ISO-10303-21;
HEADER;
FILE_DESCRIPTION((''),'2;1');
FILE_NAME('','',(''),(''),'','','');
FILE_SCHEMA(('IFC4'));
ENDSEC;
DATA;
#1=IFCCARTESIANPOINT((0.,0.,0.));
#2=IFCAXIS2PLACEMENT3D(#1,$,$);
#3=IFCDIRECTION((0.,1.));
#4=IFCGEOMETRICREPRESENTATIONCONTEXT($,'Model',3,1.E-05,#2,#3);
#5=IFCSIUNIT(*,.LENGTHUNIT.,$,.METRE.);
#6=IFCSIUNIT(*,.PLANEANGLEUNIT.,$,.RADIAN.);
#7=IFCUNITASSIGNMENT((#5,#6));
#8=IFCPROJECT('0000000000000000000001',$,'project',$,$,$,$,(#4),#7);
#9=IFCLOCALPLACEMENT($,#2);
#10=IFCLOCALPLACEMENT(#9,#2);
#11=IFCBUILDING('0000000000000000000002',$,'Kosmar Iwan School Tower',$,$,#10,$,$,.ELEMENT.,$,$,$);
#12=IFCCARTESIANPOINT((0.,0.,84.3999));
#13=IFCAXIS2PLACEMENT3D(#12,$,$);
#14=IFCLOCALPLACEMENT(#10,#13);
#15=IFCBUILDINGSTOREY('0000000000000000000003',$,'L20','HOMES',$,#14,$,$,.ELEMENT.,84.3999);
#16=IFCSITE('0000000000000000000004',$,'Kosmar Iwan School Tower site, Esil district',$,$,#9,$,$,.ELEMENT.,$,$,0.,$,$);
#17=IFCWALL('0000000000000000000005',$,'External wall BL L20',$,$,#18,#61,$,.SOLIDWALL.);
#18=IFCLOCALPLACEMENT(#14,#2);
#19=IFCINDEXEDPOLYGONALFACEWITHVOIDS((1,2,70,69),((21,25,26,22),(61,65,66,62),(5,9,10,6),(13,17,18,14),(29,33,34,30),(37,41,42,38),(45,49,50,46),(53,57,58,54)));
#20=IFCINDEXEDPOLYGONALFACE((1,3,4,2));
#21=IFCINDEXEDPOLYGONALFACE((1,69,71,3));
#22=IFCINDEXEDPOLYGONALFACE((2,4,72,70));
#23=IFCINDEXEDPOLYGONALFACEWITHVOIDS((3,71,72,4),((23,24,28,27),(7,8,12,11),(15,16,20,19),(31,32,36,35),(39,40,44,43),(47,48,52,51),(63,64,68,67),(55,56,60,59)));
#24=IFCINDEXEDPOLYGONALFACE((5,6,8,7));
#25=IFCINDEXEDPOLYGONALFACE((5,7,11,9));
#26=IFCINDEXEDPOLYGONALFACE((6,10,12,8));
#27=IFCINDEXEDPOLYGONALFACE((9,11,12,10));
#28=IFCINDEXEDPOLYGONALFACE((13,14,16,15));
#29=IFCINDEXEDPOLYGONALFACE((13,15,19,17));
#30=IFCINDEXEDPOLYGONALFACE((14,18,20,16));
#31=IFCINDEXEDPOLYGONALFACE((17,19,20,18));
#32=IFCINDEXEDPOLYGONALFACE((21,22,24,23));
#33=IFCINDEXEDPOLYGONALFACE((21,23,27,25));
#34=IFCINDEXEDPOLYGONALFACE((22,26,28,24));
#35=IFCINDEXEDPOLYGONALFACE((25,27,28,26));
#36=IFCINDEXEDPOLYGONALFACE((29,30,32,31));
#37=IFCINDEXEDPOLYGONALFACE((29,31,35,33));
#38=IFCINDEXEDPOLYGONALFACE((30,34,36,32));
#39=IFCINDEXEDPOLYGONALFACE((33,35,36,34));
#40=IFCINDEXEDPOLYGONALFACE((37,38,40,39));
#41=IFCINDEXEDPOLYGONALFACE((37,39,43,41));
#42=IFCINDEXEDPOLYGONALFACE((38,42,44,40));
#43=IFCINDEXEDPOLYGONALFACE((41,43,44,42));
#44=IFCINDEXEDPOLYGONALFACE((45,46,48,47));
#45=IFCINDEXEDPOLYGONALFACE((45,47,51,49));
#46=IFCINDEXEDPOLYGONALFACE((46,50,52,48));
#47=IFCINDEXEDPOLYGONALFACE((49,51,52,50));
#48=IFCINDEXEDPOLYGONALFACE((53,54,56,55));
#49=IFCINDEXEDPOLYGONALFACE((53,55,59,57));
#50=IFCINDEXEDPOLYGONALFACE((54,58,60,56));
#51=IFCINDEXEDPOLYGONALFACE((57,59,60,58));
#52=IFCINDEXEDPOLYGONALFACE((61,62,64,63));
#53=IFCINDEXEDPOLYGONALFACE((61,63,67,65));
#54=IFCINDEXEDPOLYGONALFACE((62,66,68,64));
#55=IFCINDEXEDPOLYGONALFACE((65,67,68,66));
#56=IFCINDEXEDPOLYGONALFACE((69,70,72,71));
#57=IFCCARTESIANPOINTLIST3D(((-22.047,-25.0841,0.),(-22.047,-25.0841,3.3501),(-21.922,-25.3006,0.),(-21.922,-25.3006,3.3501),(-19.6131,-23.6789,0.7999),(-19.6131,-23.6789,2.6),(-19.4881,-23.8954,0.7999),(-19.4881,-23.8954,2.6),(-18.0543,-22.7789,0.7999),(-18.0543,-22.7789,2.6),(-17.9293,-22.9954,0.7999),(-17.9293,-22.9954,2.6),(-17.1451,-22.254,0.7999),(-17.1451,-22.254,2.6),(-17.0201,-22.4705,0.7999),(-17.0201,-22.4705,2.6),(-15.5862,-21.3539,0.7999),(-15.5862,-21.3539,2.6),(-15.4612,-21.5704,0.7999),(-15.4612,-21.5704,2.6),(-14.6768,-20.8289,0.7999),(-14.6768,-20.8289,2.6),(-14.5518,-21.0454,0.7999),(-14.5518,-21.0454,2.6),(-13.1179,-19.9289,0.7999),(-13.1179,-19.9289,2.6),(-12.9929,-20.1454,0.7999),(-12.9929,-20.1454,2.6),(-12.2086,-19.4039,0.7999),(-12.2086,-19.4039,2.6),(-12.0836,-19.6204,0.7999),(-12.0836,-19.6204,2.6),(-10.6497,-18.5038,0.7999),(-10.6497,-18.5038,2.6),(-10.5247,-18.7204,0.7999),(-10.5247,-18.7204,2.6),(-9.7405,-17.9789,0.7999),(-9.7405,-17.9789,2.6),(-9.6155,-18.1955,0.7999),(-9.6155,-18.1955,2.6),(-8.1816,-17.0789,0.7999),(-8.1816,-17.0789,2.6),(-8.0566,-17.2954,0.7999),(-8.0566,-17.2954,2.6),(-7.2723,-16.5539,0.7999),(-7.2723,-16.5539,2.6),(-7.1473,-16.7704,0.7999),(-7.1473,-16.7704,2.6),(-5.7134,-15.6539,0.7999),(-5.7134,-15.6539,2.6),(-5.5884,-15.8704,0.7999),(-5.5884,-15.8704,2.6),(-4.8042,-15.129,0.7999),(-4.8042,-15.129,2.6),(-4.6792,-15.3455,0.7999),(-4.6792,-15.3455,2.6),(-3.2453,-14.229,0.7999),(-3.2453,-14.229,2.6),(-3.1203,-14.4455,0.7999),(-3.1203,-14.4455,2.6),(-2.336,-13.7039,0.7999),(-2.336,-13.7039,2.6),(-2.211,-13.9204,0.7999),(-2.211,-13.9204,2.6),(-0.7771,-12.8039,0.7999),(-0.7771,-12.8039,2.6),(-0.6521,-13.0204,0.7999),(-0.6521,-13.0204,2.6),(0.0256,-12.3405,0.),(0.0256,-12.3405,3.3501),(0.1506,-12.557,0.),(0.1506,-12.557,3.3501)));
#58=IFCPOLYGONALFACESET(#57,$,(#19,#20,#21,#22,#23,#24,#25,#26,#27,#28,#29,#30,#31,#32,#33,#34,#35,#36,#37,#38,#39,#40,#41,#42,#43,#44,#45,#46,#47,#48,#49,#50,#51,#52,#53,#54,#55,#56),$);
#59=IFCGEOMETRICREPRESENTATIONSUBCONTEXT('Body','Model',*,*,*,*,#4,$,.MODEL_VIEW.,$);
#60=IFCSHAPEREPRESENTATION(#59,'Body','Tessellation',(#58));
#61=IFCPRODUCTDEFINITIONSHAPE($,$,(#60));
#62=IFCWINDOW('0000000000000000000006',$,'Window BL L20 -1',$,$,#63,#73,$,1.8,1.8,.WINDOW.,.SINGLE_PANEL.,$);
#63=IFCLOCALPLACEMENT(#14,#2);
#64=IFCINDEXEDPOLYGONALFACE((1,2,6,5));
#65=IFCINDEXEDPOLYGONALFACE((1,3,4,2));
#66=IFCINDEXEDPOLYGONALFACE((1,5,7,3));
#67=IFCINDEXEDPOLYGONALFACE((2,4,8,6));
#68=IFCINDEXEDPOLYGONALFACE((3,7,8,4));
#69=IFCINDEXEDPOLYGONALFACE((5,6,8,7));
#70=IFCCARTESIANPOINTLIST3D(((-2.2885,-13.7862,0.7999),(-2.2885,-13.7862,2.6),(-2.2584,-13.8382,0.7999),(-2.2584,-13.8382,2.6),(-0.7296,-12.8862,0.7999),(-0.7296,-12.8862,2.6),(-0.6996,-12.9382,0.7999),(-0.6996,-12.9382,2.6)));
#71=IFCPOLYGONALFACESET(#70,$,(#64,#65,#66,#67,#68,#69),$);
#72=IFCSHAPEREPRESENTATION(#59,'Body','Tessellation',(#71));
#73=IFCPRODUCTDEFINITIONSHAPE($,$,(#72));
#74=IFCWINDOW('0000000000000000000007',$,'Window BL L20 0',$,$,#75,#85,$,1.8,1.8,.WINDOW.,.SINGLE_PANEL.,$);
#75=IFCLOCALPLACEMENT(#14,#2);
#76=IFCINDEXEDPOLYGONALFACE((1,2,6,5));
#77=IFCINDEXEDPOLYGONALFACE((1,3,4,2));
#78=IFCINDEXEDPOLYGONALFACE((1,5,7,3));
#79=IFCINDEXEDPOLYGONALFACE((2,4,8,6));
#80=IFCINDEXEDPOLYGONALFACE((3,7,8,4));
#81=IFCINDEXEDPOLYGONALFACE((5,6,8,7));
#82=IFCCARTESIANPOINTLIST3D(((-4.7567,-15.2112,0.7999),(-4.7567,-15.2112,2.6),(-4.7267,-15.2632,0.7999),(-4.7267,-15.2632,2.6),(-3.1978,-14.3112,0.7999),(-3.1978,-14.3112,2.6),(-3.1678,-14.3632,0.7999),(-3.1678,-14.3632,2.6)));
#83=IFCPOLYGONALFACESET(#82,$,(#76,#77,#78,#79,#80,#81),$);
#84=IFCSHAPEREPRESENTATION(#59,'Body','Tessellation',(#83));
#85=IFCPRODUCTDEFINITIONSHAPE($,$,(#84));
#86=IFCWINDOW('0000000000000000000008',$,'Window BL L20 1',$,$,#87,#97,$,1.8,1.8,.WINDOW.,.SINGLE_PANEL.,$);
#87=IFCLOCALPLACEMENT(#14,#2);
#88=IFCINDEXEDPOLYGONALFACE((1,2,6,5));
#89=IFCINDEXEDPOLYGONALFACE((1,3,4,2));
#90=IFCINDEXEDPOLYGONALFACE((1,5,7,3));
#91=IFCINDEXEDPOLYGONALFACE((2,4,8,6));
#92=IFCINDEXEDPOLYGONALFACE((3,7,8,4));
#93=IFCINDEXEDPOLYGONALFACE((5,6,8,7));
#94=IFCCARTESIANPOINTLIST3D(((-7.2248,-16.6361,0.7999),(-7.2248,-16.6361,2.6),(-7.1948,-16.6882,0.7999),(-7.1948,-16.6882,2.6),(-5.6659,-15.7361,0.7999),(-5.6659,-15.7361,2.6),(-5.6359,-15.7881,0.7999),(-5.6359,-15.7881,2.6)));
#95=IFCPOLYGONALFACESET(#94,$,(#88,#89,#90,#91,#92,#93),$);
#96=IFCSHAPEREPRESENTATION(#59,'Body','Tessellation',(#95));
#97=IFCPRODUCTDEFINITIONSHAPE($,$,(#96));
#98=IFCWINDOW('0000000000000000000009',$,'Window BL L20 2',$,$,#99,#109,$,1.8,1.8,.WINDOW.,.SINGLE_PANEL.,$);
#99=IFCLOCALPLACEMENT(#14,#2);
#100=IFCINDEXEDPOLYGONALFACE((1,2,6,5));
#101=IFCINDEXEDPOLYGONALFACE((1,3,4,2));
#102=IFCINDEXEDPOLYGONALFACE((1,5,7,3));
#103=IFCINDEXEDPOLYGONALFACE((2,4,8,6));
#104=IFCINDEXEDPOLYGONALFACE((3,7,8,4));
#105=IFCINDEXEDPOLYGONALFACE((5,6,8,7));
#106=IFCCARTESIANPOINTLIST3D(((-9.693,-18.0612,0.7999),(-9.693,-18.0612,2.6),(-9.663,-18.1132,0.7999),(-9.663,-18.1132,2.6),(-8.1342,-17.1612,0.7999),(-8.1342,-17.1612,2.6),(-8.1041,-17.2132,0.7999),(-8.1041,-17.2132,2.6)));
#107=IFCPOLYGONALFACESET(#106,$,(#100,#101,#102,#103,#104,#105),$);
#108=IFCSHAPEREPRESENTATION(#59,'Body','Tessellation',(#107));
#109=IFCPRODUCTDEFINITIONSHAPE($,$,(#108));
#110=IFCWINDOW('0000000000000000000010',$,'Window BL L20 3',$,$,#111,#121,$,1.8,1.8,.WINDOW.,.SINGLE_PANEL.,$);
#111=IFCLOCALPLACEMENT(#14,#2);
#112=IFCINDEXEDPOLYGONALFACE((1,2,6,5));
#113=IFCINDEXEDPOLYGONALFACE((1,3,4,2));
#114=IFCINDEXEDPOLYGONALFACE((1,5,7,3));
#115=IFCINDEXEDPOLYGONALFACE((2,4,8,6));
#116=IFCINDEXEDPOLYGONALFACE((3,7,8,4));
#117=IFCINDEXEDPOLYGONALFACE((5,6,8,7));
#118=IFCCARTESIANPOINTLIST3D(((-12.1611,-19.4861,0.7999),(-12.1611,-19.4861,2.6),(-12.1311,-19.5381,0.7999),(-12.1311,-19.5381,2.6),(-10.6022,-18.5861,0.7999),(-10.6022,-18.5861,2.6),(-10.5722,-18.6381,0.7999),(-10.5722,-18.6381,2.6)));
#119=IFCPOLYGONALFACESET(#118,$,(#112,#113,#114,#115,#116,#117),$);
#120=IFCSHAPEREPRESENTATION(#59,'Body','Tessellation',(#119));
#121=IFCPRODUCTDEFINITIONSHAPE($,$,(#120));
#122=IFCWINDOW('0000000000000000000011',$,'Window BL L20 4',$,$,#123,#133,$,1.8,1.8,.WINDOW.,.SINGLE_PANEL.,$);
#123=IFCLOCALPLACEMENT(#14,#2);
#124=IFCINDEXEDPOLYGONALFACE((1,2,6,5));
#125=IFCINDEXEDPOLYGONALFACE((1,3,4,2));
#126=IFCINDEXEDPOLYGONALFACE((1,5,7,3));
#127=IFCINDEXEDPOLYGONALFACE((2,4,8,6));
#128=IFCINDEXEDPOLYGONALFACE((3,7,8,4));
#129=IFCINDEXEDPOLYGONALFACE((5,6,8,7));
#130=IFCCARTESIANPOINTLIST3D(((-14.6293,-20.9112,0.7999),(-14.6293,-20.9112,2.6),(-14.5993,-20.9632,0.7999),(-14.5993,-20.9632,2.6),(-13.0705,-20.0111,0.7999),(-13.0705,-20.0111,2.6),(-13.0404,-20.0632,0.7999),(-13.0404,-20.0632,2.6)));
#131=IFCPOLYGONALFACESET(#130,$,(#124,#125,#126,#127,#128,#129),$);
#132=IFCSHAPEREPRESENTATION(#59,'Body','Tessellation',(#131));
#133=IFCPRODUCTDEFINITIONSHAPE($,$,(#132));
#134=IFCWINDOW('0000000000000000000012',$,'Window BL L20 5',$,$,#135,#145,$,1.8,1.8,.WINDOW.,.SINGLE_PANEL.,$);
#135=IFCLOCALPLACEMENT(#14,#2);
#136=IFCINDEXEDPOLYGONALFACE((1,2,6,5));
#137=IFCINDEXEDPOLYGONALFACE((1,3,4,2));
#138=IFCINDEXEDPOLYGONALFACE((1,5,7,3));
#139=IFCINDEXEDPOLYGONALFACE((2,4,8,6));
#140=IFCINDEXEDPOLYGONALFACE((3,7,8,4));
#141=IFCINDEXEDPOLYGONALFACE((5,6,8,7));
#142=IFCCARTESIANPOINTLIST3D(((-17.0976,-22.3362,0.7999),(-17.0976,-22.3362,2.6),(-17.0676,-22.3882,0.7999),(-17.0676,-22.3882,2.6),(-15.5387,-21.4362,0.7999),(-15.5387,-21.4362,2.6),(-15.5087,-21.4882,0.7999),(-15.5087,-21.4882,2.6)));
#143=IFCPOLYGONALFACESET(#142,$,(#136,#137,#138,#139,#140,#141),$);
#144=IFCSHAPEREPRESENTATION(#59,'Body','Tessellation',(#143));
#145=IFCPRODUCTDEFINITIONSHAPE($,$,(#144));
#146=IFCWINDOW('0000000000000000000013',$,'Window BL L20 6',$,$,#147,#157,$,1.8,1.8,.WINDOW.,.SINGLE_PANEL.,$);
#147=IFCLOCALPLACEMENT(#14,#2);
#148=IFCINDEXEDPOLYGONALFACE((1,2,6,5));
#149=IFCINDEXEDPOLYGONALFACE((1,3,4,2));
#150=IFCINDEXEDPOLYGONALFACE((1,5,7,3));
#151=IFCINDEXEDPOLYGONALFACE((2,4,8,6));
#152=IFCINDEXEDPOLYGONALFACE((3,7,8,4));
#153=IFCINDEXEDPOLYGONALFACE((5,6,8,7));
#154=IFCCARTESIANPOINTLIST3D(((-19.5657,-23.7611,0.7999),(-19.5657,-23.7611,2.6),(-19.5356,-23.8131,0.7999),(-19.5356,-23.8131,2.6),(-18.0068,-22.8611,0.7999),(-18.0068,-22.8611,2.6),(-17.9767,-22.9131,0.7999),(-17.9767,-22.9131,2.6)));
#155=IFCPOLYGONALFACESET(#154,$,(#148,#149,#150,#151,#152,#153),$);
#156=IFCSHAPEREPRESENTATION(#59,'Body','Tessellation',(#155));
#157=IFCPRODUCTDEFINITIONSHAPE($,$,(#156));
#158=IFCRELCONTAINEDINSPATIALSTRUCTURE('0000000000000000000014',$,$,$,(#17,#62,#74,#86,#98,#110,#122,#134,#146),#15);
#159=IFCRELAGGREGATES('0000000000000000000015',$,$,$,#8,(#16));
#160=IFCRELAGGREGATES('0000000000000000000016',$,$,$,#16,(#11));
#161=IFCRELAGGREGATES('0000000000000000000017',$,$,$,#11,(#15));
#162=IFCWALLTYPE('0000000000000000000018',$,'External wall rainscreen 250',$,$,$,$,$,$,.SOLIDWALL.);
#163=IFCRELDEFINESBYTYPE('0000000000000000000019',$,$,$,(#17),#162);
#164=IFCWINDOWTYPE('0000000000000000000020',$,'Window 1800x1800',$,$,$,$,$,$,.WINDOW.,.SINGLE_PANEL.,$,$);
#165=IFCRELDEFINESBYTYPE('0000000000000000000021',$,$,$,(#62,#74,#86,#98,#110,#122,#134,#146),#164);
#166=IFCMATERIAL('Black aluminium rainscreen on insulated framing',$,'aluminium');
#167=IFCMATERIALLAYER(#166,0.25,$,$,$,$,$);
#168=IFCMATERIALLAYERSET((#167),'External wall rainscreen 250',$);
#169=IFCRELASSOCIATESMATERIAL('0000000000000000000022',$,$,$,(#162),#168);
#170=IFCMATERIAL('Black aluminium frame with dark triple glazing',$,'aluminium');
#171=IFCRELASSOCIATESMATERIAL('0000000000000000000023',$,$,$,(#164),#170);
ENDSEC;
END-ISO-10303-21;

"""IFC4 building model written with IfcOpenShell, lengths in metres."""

from ifc_helpers import new_model, si_unit, direction, frame, frame_2d, origin, place, context, subcontext, project, spatial, rectangle, extrude, material, layer, layer_set, type_object, element, fill, save


model = new_model("IFC4")

# Units and contexts
model_context = context("Model", 3, precision=1e-05, world=origin(), true_north=direction((0.0, 1.0)))
body_context = subcontext(model_context, "Body", "Model", "MODEL_VIEW")
ifc_project = project(units=[si_unit("LENGTHUNIT", "METRE"), si_unit("PLANEANGLEUNIT", "RADIAN")], contexts=[model_context])

# Site, building, storey
site_placement = place(None, origin())
site = spatial("IfcSite", under=ifc_project, at=site_placement, Name="Kosmar Iwan School Tower site, Esil district", CompositionType="ELEMENT", RefElevation=0.0)
building_placement = place(site_placement, origin())
building = spatial("IfcBuilding", under=site, at=building_placement, Name="Kosmar Iwan School Tower", CompositionType="ELEMENT")
storey_placement = place(building_placement, frame((0.0, 0.0, 84.3999)))
storey = spatial("IfcBuildingStorey", under=building, at=storey_placement, Name="L20", Description="HOMES", CompositionType="ELEMENT", Elevation=84.3999)

# Wall, openings, windows
ifc_material_1 = material(Name="Black aluminium rainscreen on insulated framing", Category="aluminium")
ifc_layer_1 = layer(ifc_material_1, 0.25)
ifc_layer_set_1 = layer_set([ifc_layer_1], Name="External wall rainscreen 250")
wall_type_1 = type_object("IfcWallType", Name="External wall rainscreen 250", PredefinedType="SOLIDWALL", material=ifc_layer_set_1)
wall_1_placement = place(storey_placement, frame((0.0881, -12.4487, 0.0), z_axis=(0.0, 0.0, 1.0), x_axis=(-0.866026, -0.499998, 0.0)))
wall_1 = element("IfcWall", 1, at=wall_1_placement, inside=storey, type_object=wall_type_1, Name="External wall BL L20", PredefinedType="SOLIDWALL", context=body_context, shape_type="SweptSolid", body=[
    extrude(rectangle(XDim=25.4873, YDim=0.25, at=frame_2d((12.7437, 0.0))), origin(), (0.0, 0.0, 1.0), 3.3501),
])
opening_1_placement = place(wall_1_placement, frame((0.927, 0.0, 0.8)))
opening_1 = element("IfcOpeningElement", 2, at=opening_1_placement, cuts=wall_1, PredefinedType="OPENING", context=body_context, shape_type="SweptSolid", body=[
    extrude(rectangle(XDim=1.8, YDim=1.8, at=frame_2d((0.8999, 0.8999))), frame((0.0, 0.137, 0.0), z_axis=(0.0, -1.0, 0.0), x_axis=(1.0, 0.0, 0.0)), (0.0, 0.0, 1.0), 0.2739),
])
opening_2_placement = place(wall_1_placement, frame((3.7771, 0.0, 0.8)))
opening_2 = element("IfcOpeningElement", 3, at=opening_2_placement, cuts=wall_1, PredefinedType="OPENING", context=body_context, shape_type="SweptSolid", body=[
    extrude(rectangle(XDim=1.8, YDim=1.8, at=frame_2d((0.8999, 0.8999))), frame((0.0, 0.137, 0.0), z_axis=(0.0, -1.0, 0.0), x_axis=(1.0, 0.0, 0.0)), (0.0, 0.0, 1.0), 0.2739),
])
opening_3_placement = place(wall_1_placement, frame((6.627, 0.0, 0.8)))
opening_3 = element("IfcOpeningElement", 4, at=opening_3_placement, cuts=wall_1, PredefinedType="OPENING", context=body_context, shape_type="SweptSolid", body=[
    extrude(rectangle(XDim=1.8, YDim=1.8, at=frame_2d((0.8999, 0.8999))), frame((0.0, 0.137, 0.0), z_axis=(0.0, -1.0, 0.0), x_axis=(1.0, 0.0, 0.0)), (0.0, 0.0, 1.0), 0.2739),
])
opening_4_placement = place(wall_1_placement, frame((9.4771, 0.0, 0.8)))
opening_4 = element("IfcOpeningElement", 5, at=opening_4_placement, cuts=wall_1, PredefinedType="OPENING", context=body_context, shape_type="SweptSolid", body=[
    extrude(rectangle(XDim=1.8, YDim=1.8, at=frame_2d((0.8999, 0.8999))), frame((0.0, 0.137, 0.0), z_axis=(0.0, -1.0, 0.0), x_axis=(1.0, 0.0, 0.0)), (0.0, 0.0, 1.0), 0.2739),
])
opening_5_placement = place(wall_1_placement, frame((12.3269, 0.0, 0.8)))
opening_5 = element("IfcOpeningElement", 6, at=opening_5_placement, cuts=wall_1, PredefinedType="OPENING", context=body_context, shape_type="SweptSolid", body=[
    extrude(rectangle(XDim=1.8, YDim=1.8, at=frame_2d((0.8999, 0.8999))), frame((0.0, 0.137, 0.0), z_axis=(0.0, -1.0, 0.0), x_axis=(1.0, 0.0, 0.0)), (0.0, 0.0, 1.0), 0.2739),
])
opening_6_placement = place(wall_1_placement, frame((15.177, 0.0, 0.8)))
opening_6 = element("IfcOpeningElement", 7, at=opening_6_placement, cuts=wall_1, PredefinedType="OPENING", context=body_context, shape_type="SweptSolid", body=[
    extrude(rectangle(XDim=1.8, YDim=1.8, at=frame_2d((0.8999, 0.8999))), frame((0.0, 0.137, 0.0), z_axis=(0.0, -1.0, 0.0), x_axis=(1.0, 0.0, 0.0)), (0.0, 0.0, 1.0), 0.2739),
])
opening_7_placement = place(wall_1_placement, frame((18.0271, 0.0, 0.8)))
opening_7 = element("IfcOpeningElement", 8, at=opening_7_placement, cuts=wall_1, PredefinedType="OPENING", context=body_context, shape_type="SweptSolid", body=[
    extrude(rectangle(XDim=1.8, YDim=1.8, at=frame_2d((0.8999, 0.8999))), frame((0.0, 0.137, 0.0), z_axis=(0.0, -1.0, 0.0), x_axis=(1.0, 0.0, 0.0)), (0.0, 0.0, 1.0), 0.2739),
])
opening_8_placement = place(wall_1_placement, frame((20.877, 0.0, 0.8)))
opening_8 = element("IfcOpeningElement", 9, at=opening_8_placement, cuts=wall_1, PredefinedType="OPENING", context=body_context, shape_type="SweptSolid", body=[
    extrude(rectangle(XDim=1.8, YDim=1.8, at=frame_2d((0.8999, 0.8999))), frame((0.0, 0.137, 0.0), z_axis=(0.0, -1.0, 0.0), x_axis=(1.0, 0.0, 0.0)), (0.0, 0.0, 1.0), 0.2739),
])
ifc_material_2 = material(Name="Black aluminium frame with dark triple glazing", Category="aluminium")
window_type = type_object("IfcWindowType", Name="Window 1800x1800", PartitioningType="SINGLE_PANEL", PredefinedType="WINDOW", material=ifc_material_2)
window_1_placement = place(opening_1_placement, origin())
window_1 = element("IfcWindow", 10, at=window_1_placement, inside=storey, type_object=window_type, Name="Window BL L20 -1", OverallHeight=1.8, OverallWidth=1.8, PartitioningType="SINGLE_PANEL", PredefinedType="WINDOW", context=body_context, shape_type="SweptSolid", body=[
    extrude(rectangle(XDim=1.8, YDim=1.8, at=frame_2d((0.8999, 0.8999))), frame((0.0, 0.03, 0.0), z_axis=(0.0, -1.0, 0.0), x_axis=(1.0, 0.0, 0.0)), (0.0, 0.0, 1.0), 0.0601),
])
fill(opening_1, window_1)
window_2_placement = place(opening_2_placement, origin())
window_2 = element("IfcWindow", 11, at=window_2_placement, inside=storey, type_object=window_type, Name="Window BL L20 0", OverallHeight=1.8, OverallWidth=1.8, PartitioningType="SINGLE_PANEL", PredefinedType="WINDOW", context=body_context, shape_type="SweptSolid", body=[
    extrude(rectangle(XDim=1.8, YDim=1.8, at=frame_2d((0.8999, 0.8999))), frame((0.0, 0.03, 0.0), z_axis=(0.0, -1.0, 0.0), x_axis=(1.0, 0.0, 0.0)), (0.0, 0.0, 1.0), 0.0601),
])
fill(opening_2, window_2)
window_3_placement = place(opening_3_placement, origin())
window_3 = element("IfcWindow", 12, at=window_3_placement, inside=storey, type_object=window_type, Name="Window BL L20 1", OverallHeight=1.8, OverallWidth=1.8, PartitioningType="SINGLE_PANEL", PredefinedType="WINDOW", context=body_context, shape_type="SweptSolid", body=[
    extrude(rectangle(XDim=1.8, YDim=1.8, at=frame_2d((0.8999, 0.8999))), frame((0.0, 0.03, 0.0), z_axis=(0.0, -1.0, 0.0), x_axis=(1.0, 0.0, 0.0)), (0.0, 0.0, 1.0), 0.0601),
])
fill(opening_3, window_3)
window_4_placement = place(opening_4_placement, origin())
window_4 = element("IfcWindow", 13, at=window_4_placement, inside=storey, type_object=window_type, Name="Window BL L20 2", OverallHeight=1.8, OverallWidth=1.8, PartitioningType="SINGLE_PANEL", PredefinedType="WINDOW", context=body_context, shape_type="SweptSolid", body=[
    extrude(rectangle(XDim=1.8, YDim=1.8, at=frame_2d((0.8999, 0.8999))), frame((0.0, 0.03, 0.0), z_axis=(0.0, -1.0, 0.0), x_axis=(1.0, 0.0, 0.0)), (0.0, 0.0, 1.0), 0.0601),
])
fill(opening_4, window_4)
window_5_placement = place(opening_5_placement, origin())
window_5 = element("IfcWindow", 14, at=window_5_placement, inside=storey, type_object=window_type, Name="Window BL L20 3", OverallHeight=1.8, OverallWidth=1.8, PartitioningType="SINGLE_PANEL", PredefinedType="WINDOW", context=body_context, shape_type="SweptSolid", body=[
    extrude(rectangle(XDim=1.8, YDim=1.8, at=frame_2d((0.8999, 0.8999))), frame((0.0, 0.03, 0.0), z_axis=(0.0, -1.0, 0.0), x_axis=(1.0, 0.0, 0.0)), (0.0, 0.0, 1.0), 0.0601),
])
fill(opening_5, window_5)
window_6_placement = place(opening_6_placement, origin())
window_6 = element("IfcWindow", 15, at=window_6_placement, inside=storey, type_object=window_type, Name="Window BL L20 4", OverallHeight=1.8, OverallWidth=1.8, PartitioningType="SINGLE_PANEL", PredefinedType="WINDOW", context=body_context, shape_type="SweptSolid", body=[
    extrude(rectangle(XDim=1.8, YDim=1.8, at=frame_2d((0.8999, 0.8999))), frame((0.0, 0.03, 0.0), z_axis=(0.0, -1.0, 0.0), x_axis=(1.0, 0.0, 0.0)), (0.0, 0.0, 1.0), 0.0601),
])
fill(opening_6, window_6)
window_7_placement = place(opening_7_placement, origin())
window_7 = element("IfcWindow", 16, at=window_7_placement, inside=storey, type_object=window_type, Name="Window BL L20 5", OverallHeight=1.8, OverallWidth=1.8, PartitioningType="SINGLE_PANEL", PredefinedType="WINDOW", context=body_context, shape_type="SweptSolid", body=[
    extrude(rectangle(XDim=1.8, YDim=1.8, at=frame_2d((0.8999, 0.8999))), frame((0.0, 0.03, 0.0), z_axis=(0.0, -1.0, 0.0), x_axis=(1.0, 0.0, 0.0)), (0.0, 0.0, 1.0), 0.0601),
])
fill(opening_7, window_7)
window_8_placement = place(opening_8_placement, origin())
window_8 = element("IfcWindow", 17, at=window_8_placement, inside=storey, type_object=window_type, Name="Window BL L20 6", OverallHeight=1.8, OverallWidth=1.8, PartitioningType="SINGLE_PANEL", PredefinedType="WINDOW", context=body_context, shape_type="SweptSolid", body=[
    extrude(rectangle(XDim=1.8, YDim=1.8, at=frame_2d((0.8999, 0.8999))), frame((0.0, 0.03, 0.0), z_axis=(0.0, -1.0, 0.0), x_axis=(1.0, 0.0, 0.0)), (0.0, 0.0, 1.0), 0.0601),
])
fill(opening_8, window_8)

save(model, "model.ifc")
